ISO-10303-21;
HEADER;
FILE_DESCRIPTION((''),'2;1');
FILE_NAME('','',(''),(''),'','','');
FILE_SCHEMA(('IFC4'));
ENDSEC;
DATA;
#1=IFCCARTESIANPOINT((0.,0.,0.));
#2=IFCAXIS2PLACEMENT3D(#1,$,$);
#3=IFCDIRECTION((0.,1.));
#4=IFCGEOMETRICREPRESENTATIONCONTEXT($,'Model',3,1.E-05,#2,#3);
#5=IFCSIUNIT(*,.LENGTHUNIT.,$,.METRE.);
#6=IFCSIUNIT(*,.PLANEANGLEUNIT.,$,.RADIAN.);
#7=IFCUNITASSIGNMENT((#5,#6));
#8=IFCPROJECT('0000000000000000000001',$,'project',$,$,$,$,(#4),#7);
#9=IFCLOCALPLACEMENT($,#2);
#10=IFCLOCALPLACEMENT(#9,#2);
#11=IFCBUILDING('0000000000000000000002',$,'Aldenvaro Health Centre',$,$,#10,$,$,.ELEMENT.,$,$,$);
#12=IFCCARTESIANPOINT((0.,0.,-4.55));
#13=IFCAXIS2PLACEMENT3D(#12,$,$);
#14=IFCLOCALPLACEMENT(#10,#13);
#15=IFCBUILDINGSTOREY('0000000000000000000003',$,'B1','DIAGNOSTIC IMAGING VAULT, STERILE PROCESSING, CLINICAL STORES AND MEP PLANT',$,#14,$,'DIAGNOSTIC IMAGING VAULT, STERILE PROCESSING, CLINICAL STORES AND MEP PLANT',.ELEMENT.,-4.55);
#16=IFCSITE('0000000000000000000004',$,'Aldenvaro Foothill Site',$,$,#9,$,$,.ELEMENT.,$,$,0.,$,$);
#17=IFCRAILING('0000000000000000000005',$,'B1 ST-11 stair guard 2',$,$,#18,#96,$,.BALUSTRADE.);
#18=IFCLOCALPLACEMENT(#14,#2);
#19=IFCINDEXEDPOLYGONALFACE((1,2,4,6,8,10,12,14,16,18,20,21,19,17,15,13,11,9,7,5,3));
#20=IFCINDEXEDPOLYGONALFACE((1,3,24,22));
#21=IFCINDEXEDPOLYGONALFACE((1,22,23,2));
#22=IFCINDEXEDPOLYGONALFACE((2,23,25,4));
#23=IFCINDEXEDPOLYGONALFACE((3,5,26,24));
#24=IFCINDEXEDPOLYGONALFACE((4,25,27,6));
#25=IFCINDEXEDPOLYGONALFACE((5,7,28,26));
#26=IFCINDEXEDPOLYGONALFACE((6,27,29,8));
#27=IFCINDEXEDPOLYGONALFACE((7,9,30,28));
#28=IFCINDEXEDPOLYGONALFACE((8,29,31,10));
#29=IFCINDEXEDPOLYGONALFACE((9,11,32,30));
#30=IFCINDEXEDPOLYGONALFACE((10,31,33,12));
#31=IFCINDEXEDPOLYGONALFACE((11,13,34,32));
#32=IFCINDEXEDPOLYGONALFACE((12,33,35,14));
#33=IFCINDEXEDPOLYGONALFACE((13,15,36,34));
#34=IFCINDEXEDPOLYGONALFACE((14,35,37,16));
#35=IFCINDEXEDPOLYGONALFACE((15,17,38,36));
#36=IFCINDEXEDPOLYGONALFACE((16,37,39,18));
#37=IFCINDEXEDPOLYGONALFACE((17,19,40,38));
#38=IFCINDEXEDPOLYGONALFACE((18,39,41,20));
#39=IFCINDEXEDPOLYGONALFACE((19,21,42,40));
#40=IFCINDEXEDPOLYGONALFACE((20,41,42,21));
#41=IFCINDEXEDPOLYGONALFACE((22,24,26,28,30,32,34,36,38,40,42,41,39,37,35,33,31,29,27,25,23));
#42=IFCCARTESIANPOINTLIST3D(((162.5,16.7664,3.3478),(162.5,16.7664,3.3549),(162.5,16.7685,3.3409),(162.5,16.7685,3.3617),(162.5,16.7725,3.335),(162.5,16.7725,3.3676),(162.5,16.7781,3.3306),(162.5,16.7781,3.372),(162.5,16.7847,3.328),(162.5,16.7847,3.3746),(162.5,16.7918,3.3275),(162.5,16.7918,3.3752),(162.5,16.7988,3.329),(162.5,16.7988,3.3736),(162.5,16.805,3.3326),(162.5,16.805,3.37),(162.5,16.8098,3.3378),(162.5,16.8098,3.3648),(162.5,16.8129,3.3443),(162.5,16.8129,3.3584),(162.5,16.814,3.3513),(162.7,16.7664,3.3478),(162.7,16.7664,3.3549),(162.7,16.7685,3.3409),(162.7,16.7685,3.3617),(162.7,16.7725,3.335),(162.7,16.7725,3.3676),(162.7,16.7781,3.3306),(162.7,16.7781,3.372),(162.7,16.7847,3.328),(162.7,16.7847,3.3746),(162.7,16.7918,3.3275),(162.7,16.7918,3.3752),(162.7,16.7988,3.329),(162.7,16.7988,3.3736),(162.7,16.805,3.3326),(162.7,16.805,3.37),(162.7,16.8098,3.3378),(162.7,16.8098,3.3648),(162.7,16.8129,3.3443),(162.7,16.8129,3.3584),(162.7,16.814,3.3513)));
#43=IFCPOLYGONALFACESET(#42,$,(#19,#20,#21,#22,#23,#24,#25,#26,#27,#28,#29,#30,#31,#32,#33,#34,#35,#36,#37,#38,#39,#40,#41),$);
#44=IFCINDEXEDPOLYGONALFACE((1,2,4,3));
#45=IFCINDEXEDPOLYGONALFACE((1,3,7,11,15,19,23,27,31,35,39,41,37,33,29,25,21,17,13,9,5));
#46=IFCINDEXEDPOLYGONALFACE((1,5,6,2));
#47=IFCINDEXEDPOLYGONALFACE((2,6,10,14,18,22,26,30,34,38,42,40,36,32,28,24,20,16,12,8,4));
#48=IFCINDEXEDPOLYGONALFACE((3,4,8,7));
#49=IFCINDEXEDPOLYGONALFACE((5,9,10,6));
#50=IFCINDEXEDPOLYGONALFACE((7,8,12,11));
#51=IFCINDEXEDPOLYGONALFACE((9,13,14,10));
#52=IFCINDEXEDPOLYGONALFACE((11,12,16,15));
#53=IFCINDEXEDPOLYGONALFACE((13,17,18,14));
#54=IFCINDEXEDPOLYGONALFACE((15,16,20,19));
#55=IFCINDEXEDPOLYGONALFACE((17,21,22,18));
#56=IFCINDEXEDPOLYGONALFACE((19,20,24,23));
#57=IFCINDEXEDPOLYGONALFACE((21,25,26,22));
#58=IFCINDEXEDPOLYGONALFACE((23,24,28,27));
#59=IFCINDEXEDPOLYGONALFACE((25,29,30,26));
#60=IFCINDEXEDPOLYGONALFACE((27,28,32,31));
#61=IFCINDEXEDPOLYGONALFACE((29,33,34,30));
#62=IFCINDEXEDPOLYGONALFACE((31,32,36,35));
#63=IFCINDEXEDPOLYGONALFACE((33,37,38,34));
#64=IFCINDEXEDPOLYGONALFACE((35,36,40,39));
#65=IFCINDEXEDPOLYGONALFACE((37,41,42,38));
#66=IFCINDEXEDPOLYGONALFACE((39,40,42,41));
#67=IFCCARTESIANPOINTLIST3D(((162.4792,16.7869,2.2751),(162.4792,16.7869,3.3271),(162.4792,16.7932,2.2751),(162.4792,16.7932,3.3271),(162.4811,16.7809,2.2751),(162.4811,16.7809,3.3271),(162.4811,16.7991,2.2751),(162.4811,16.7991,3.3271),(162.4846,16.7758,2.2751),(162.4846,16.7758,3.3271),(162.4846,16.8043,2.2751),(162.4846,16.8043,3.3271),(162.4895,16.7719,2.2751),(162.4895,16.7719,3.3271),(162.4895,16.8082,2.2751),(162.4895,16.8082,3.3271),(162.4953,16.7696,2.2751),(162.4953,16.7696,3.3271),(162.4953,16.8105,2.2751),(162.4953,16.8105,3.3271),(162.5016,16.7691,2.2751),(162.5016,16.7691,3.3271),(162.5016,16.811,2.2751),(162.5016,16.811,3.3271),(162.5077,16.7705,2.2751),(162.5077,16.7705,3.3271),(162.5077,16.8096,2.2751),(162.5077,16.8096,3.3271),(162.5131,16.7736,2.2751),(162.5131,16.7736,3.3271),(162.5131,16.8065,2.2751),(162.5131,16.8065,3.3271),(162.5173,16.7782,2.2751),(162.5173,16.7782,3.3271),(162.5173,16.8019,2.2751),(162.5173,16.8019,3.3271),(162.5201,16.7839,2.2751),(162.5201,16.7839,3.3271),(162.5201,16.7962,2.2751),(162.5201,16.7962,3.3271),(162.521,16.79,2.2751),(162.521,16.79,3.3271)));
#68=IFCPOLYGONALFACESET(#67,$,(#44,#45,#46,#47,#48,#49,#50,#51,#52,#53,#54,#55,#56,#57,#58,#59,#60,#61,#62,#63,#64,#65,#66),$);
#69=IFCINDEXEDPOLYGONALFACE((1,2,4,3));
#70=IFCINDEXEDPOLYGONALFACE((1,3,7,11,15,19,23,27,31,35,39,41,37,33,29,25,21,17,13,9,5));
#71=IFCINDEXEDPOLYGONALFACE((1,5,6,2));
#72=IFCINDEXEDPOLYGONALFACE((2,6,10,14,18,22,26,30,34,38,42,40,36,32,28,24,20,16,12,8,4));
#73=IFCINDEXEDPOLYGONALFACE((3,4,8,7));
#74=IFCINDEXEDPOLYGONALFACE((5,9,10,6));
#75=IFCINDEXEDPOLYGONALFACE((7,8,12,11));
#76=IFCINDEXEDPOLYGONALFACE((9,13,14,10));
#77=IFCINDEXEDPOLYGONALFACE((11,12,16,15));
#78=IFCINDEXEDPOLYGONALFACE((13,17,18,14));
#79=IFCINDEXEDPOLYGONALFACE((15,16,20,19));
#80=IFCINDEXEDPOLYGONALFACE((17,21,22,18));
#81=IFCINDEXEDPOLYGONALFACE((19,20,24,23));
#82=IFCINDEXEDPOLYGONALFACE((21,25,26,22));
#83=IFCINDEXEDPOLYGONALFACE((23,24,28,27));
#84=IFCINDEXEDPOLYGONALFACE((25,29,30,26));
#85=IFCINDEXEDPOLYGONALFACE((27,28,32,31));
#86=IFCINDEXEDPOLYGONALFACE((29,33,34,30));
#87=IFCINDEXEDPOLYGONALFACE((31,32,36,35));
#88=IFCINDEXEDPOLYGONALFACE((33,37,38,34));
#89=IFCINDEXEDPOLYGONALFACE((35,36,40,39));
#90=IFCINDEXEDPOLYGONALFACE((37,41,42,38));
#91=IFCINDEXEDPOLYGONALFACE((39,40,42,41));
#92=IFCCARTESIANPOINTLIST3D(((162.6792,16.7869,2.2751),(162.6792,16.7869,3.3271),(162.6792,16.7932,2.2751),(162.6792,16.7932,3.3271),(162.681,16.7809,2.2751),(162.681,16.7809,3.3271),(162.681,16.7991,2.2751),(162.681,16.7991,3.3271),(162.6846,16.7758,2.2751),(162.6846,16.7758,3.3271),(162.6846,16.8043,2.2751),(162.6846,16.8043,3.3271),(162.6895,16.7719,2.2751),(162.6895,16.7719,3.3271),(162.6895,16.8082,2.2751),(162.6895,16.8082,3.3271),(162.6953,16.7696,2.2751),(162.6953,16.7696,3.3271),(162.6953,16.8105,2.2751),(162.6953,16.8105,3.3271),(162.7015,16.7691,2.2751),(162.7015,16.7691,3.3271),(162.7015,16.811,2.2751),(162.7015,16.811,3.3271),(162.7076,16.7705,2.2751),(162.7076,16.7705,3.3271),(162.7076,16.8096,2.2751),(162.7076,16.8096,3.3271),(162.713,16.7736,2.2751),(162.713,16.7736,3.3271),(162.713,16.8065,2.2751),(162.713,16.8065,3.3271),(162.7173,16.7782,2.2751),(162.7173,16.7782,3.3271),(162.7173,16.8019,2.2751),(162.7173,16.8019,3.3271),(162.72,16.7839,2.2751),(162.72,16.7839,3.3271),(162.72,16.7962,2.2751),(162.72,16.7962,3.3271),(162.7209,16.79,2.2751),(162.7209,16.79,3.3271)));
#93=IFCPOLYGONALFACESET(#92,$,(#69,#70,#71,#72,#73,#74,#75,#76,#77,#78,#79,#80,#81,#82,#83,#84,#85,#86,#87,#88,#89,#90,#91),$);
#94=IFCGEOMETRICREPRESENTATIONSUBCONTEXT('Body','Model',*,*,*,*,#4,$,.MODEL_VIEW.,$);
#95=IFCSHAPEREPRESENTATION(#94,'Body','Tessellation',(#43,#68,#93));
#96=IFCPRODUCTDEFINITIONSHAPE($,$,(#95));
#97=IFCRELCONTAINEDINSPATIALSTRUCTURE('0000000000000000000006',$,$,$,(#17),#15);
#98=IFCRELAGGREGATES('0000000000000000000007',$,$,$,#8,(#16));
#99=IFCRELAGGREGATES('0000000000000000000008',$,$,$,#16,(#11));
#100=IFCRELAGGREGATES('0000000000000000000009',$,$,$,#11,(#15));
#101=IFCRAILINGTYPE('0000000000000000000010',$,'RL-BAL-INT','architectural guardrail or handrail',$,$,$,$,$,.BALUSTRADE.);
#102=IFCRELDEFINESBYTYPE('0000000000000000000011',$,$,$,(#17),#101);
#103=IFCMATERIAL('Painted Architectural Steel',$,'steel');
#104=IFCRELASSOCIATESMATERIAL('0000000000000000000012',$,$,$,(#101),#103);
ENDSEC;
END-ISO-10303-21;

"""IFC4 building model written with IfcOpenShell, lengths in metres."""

from ifc_helpers import new_model, si_unit, direction, frame, origin, origin_2d, place, context, subcontext, project, spatial, circle, extrude, material, type_object, element, save


model = new_model("IFC4")

# Units and contexts
model_context = context("Model", 3, precision=1e-05, world=origin(), true_north=direction((0.0, 1.0)))
body_context = subcontext(model_context, "Body", "Model", "MODEL_VIEW")
ifc_project = project(units=[si_unit("LENGTHUNIT", "METRE"), si_unit("PLANEANGLEUNIT", "RADIAN")], contexts=[model_context])

# Site, building, storey
site_placement = place(None, origin())
site = spatial("IfcSite", under=ifc_project, at=site_placement, Name="Aldenvaro Foothill Site", CompositionType="ELEMENT", RefElevation=0.0)
building_placement = place(site_placement, origin())
building = spatial("IfcBuilding", under=site, at=building_placement, Name="Aldenvaro Health Centre", CompositionType="ELEMENT")
storey_placement = place(building_placement, frame((0.0, 0.0, -4.55)))
storey = spatial("IfcBuildingStorey", under=building, at=storey_placement, Name="B1", Description="DIAGNOSTIC IMAGING VAULT, STERILE PROCESSING, CLINICAL STORES AND MEP PLANT", LongName="DIAGNOSTIC IMAGING VAULT, STERILE PROCESSING, CLINICAL STORES AND MEP PLANT", CompositionType="ELEMENT", Elevation=-4.55)

# Railing
ifc_material_1 = material(Name="Painted Architectural Steel", Category="steel")
railing_type = type_object("IfcRailingType", Name="RL-BAL-INT", Description="architectural guardrail or handrail", PredefinedType="BALUSTRADE", material=ifc_material_1)
railing_placement = place(storey_placement, frame((162.5, 16.79, 2.2751)))
element("IfcRailing", 1, at=railing_placement, inside=storey, type_object=railing_type, Name="B1 ST-11 stair guard 2", PredefinedType="BALUSTRADE", context=body_context, shape_type="SweptSolid", body=[
    extrude(circle(Radius=0.0239, at=origin_2d()), frame((0.0, 0.0, 1.0762), z_axis=(1.0, 0.0, 0.0), x_axis=(0.0, 1.0, 0.0)), (0.0, 0.0, 1.0), 0.2),
    extrude(circle(Radius=0.021, at=origin_2d()), origin(), (0.0, 0.0, 1.0), 1.052),
    extrude(circle(Radius=0.021, at=origin_2d()), frame((0.2, 0.0, 0.0)), (0.0, 0.0, 1.0), 1.052),
])

save(model, "model.ifc")
